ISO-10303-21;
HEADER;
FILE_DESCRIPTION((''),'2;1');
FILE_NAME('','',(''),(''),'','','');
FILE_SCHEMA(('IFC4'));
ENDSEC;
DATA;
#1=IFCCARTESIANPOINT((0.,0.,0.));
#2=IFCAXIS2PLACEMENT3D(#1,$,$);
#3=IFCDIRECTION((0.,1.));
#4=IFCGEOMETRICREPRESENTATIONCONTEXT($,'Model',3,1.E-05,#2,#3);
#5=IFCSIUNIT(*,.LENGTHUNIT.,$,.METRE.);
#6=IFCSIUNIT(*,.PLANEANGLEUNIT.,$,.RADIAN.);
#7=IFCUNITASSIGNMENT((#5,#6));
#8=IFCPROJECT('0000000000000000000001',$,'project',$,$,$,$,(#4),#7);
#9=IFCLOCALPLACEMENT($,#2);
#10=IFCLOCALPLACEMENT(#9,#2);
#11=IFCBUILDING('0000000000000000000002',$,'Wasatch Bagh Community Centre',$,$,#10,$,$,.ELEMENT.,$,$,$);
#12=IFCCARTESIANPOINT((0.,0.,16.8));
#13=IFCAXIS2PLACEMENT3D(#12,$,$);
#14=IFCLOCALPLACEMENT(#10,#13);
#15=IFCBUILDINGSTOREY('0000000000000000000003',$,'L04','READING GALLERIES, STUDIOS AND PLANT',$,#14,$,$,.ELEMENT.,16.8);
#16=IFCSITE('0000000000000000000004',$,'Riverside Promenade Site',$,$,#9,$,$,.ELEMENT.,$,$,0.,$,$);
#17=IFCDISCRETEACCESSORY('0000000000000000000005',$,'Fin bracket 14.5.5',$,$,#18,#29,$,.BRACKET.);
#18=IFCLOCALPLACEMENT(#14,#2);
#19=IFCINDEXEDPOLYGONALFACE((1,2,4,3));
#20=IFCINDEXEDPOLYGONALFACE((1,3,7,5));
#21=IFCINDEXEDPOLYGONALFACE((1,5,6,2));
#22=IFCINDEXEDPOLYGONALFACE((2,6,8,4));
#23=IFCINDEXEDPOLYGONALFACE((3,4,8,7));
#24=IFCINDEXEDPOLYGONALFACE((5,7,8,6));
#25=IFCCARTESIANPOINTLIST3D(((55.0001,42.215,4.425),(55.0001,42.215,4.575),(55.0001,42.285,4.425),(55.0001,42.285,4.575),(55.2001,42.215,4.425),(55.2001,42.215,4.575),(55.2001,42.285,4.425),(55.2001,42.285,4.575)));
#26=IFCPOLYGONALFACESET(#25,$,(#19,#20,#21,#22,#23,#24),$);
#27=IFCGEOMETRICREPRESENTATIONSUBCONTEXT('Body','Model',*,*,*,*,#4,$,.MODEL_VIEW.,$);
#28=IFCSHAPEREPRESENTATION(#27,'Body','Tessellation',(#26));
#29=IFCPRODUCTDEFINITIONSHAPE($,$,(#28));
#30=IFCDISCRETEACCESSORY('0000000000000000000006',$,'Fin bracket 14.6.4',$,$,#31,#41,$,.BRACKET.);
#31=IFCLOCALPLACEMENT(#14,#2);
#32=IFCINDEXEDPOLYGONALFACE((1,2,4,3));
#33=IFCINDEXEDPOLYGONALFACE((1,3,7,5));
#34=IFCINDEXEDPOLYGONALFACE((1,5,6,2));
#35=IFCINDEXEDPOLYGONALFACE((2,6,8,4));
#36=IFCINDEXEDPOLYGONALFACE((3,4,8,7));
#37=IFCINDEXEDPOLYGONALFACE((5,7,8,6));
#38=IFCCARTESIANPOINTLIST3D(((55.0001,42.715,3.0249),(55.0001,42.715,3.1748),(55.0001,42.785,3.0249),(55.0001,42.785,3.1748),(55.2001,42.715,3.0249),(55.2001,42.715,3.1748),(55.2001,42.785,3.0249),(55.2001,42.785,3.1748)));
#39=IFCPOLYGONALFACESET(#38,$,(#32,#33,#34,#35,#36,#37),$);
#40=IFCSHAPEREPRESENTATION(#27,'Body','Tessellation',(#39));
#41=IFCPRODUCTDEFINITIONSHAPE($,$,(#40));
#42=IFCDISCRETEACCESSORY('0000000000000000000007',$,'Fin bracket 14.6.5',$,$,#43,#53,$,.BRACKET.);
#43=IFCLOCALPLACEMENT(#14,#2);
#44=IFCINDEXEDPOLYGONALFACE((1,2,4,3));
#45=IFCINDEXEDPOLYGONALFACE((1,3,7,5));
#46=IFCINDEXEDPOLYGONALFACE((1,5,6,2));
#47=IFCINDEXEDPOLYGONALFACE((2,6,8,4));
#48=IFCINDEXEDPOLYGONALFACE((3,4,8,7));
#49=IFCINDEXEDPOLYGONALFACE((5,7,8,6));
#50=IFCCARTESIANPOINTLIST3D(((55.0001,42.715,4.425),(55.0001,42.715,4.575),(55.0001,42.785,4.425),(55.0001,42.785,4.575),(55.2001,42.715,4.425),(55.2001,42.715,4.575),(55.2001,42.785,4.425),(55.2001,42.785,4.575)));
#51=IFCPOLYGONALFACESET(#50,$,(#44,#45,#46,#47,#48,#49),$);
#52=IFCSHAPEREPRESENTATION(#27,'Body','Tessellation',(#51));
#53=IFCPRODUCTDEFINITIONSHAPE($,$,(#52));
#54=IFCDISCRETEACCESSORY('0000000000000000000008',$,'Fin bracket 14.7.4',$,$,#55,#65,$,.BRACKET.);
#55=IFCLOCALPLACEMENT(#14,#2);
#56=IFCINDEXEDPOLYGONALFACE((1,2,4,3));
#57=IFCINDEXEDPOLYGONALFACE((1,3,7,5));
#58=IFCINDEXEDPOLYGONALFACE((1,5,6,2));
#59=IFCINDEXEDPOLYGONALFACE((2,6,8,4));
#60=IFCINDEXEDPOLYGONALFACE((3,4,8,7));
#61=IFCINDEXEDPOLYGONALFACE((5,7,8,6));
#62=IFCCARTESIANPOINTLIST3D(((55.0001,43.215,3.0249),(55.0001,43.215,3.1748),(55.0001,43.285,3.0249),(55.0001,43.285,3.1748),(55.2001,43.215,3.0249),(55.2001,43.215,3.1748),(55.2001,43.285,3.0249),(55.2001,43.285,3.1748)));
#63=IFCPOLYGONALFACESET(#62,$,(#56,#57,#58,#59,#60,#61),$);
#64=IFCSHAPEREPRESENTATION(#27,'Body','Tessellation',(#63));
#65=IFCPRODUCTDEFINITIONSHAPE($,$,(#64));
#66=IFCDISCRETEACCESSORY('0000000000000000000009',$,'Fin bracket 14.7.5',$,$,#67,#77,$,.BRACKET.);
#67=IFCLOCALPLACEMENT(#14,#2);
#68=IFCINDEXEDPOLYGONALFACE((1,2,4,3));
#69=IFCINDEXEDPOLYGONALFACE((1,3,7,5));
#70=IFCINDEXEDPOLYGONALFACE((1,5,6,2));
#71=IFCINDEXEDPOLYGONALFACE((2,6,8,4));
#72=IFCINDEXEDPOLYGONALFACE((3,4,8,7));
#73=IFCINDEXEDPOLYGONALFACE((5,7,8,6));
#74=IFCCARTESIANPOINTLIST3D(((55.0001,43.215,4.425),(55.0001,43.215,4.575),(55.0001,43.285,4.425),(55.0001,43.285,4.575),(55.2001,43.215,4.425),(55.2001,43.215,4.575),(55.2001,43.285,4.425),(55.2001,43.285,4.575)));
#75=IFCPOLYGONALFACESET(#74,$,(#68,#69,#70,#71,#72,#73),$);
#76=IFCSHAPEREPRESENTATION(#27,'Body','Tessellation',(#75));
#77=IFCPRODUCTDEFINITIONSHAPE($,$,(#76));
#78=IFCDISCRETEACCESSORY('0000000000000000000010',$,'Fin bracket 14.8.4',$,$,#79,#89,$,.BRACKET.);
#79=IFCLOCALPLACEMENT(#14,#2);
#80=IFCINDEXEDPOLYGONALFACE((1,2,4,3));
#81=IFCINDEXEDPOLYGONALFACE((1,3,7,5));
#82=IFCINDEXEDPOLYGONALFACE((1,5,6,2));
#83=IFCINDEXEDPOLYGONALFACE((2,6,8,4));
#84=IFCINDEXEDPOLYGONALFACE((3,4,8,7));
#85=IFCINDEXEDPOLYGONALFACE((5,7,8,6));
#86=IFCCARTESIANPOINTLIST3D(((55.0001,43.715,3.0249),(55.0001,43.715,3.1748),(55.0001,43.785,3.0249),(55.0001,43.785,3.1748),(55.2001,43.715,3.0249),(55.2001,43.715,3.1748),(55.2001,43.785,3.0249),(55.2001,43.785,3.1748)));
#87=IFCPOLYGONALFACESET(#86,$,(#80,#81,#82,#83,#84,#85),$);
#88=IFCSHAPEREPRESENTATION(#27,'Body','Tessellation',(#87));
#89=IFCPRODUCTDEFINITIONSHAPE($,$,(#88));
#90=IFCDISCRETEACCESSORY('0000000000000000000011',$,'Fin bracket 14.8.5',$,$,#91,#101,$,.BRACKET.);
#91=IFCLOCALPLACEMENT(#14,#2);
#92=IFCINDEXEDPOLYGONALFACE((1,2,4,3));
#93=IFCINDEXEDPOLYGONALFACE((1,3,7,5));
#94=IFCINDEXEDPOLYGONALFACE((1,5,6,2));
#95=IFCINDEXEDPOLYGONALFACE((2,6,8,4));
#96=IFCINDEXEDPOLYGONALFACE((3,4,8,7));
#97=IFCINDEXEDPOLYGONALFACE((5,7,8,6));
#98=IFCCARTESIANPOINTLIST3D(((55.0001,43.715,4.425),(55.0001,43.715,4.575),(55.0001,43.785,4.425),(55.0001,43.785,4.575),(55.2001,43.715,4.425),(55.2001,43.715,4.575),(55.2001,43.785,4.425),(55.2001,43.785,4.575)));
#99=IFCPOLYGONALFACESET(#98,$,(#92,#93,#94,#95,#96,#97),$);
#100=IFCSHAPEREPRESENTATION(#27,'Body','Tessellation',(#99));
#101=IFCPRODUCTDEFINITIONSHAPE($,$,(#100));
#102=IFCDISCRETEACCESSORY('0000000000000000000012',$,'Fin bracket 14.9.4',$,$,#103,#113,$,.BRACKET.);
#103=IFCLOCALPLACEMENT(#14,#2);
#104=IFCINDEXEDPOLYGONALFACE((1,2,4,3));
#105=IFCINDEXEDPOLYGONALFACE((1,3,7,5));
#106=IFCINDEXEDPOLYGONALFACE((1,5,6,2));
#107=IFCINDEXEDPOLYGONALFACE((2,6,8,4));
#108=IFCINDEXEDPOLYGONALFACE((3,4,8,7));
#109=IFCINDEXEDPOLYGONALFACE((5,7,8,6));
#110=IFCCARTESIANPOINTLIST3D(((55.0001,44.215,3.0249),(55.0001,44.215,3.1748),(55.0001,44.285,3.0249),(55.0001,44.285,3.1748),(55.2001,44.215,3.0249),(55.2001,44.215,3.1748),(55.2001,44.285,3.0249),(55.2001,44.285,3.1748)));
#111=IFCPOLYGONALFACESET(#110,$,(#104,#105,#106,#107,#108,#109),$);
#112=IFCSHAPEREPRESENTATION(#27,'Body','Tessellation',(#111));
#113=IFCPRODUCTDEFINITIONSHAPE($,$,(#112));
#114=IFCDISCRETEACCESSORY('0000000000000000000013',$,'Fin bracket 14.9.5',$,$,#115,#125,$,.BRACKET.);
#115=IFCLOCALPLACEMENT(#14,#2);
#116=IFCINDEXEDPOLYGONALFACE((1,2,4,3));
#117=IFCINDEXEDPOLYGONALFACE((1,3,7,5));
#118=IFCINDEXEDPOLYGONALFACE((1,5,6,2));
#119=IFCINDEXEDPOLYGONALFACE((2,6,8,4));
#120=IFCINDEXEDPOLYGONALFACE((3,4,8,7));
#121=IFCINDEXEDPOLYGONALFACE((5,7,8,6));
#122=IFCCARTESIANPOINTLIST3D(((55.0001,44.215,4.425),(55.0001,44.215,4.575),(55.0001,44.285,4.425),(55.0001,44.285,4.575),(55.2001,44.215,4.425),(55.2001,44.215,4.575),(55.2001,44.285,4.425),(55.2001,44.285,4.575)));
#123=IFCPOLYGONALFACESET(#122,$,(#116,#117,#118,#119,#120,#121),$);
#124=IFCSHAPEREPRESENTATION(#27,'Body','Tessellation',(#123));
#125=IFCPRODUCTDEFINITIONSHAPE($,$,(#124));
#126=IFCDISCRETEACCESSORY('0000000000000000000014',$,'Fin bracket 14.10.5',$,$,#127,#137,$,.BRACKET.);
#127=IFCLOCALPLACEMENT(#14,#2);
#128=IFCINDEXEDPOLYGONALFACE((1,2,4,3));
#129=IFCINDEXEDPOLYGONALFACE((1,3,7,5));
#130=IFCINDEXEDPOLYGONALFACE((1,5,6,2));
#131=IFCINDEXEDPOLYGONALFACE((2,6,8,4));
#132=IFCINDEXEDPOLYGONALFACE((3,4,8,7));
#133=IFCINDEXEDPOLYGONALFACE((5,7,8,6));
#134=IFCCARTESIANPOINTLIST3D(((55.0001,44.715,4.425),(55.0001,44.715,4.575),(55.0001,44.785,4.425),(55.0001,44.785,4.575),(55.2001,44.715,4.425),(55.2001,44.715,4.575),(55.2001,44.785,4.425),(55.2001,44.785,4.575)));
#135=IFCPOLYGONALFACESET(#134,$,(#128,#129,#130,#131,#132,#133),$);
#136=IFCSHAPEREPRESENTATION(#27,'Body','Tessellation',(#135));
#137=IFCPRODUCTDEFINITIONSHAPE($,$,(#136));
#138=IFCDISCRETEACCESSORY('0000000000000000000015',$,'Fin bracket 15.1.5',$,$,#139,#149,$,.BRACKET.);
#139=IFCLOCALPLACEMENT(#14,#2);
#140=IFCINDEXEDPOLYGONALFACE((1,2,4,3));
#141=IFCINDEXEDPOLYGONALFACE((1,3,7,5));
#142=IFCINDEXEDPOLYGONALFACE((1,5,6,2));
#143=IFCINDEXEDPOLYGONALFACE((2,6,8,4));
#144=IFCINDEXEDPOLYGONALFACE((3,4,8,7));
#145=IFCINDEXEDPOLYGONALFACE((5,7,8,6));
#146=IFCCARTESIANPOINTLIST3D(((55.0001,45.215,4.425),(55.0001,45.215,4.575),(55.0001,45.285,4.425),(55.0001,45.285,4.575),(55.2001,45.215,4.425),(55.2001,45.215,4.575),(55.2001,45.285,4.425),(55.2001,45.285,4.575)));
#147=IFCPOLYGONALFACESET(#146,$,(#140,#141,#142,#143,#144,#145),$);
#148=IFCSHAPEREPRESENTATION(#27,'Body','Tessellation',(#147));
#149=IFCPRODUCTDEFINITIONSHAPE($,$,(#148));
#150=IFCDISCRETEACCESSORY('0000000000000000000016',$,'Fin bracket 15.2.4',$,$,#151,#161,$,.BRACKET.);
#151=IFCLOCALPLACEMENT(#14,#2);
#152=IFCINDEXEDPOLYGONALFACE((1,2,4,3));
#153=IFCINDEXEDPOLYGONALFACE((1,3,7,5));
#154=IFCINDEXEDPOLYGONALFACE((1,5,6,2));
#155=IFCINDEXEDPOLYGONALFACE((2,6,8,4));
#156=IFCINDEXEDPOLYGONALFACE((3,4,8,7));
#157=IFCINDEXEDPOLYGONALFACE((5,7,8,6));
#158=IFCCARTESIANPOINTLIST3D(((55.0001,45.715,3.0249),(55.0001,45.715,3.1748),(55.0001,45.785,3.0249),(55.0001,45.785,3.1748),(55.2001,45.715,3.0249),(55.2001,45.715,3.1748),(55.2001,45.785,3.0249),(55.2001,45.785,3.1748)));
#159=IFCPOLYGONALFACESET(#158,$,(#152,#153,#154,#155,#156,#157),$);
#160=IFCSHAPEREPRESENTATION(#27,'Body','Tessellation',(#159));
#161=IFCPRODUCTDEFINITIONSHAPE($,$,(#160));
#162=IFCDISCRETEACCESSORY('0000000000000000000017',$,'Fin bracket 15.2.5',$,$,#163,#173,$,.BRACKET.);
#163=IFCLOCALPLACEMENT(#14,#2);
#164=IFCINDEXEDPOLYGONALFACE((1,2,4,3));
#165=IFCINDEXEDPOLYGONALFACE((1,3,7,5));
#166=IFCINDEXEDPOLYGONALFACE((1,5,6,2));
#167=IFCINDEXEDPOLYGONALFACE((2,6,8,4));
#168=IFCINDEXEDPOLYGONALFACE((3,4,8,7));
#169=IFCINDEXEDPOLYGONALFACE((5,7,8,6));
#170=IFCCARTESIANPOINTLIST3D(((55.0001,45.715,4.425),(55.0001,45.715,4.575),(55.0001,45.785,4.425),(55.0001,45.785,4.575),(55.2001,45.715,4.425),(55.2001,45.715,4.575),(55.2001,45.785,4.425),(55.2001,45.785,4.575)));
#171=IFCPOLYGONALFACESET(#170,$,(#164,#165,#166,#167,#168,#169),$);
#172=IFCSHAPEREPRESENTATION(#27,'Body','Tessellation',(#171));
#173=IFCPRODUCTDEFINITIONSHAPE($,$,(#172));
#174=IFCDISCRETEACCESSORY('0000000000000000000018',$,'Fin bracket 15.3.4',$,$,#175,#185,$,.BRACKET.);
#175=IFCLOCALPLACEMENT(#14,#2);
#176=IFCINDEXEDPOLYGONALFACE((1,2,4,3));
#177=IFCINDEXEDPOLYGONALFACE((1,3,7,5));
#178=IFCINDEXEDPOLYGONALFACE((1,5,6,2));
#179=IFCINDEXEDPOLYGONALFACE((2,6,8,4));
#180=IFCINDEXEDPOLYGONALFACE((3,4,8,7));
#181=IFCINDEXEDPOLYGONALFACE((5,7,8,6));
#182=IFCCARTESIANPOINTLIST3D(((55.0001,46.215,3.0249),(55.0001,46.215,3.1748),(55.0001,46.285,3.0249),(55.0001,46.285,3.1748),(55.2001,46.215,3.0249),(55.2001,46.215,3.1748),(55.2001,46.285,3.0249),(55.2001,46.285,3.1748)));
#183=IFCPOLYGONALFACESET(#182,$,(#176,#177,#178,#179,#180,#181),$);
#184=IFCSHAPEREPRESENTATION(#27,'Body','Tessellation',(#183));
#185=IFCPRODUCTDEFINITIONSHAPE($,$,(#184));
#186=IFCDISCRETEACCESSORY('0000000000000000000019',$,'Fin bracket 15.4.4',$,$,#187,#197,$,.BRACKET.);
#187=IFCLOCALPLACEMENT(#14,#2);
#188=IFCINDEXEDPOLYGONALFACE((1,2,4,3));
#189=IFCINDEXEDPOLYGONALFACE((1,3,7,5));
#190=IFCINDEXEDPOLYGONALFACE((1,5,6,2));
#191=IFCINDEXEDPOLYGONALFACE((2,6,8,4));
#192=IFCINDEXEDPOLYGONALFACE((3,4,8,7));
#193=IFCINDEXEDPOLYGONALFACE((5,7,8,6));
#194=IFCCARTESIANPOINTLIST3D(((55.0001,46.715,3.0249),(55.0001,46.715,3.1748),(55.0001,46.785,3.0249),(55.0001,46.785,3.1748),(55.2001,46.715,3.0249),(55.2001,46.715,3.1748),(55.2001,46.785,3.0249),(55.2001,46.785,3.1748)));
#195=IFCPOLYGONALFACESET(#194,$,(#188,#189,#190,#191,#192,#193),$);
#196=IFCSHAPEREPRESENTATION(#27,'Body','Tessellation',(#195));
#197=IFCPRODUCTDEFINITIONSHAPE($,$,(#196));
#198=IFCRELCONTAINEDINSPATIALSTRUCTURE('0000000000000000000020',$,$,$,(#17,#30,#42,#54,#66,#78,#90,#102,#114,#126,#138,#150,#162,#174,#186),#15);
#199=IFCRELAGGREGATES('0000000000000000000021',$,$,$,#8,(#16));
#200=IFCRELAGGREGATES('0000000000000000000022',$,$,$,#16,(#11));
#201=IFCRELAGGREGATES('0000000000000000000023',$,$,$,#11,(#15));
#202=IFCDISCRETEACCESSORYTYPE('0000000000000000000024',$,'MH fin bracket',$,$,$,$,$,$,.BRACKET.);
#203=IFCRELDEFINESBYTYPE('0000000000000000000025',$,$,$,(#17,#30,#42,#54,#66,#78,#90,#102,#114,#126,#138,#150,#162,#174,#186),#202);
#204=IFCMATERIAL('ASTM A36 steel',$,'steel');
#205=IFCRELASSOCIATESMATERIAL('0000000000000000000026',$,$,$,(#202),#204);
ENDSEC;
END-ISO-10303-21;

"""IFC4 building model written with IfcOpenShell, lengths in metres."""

from ifc_helpers import new_model, si_unit, direction, frame, origin, origin_2d, place, context, subcontext, project, spatial, rectangle, extrude, material, type_object, element, save


model = new_model("IFC4")

# Units and contexts
model_context = context("Model", 3, precision=1e-05, world=origin(), true_north=direction((0.0, 1.0)))
body_context = subcontext(model_context, "Body", "Model", "MODEL_VIEW")
ifc_project = project(units=[si_unit("LENGTHUNIT", "METRE"), si_unit("PLANEANGLEUNIT", "RADIAN")], contexts=[model_context])

# Site, building, storey
site_placement = place(None, origin())
site = spatial("IfcSite", under=ifc_project, at=site_placement, Name="Riverside Promenade Site", CompositionType="ELEMENT", RefElevation=0.0)
building_placement = place(site_placement, origin())
building = spatial("IfcBuilding", under=site, at=building_placement, Name="Wasatch Bagh Community Centre", CompositionType="ELEMENT")
storey_placement = place(building_placement, frame((0.0, 0.0, 16.8)))
storey = spatial("IfcBuildingStorey", under=building, at=storey_placement, Name="L04", Description="READING GALLERIES, STUDIOS AND PLANT", CompositionType="ELEMENT", Elevation=16.8)

# Discrete accessories
ifc_material_1 = material(Name="ASTM A36 steel", Category="steel")
discrete_accessory_type = type_object("IfcDiscreteAccessoryType", Name="MH fin bracket", PredefinedType="BRACKET", material=ifc_material_1)
for number, where, z_axis, x_axis, name in (
    (1, (55.1001, 42.25, 4.425), (0.0, 0.0, 1.0), (0.0, 1.0, 0.0), "Fin bracket 14.5.5"),
    (2, (55.1001, 42.75, 3.0249), (0.0, 0.0, 1.0), (0.0, 1.0, 0.0), "Fin bracket 14.6.4"),
    (3, (55.1001, 42.75, 4.425), (0.0, 0.0, 1.0), (0.0, 1.0, 0.0), "Fin bracket 14.6.5"),
    (4, (55.1001, 43.25, 3.0249), (0.0, 0.0, 1.0), (0.0, 1.0, 0.0), "Fin bracket 14.7.4"),
    (5, (55.1001, 43.25, 4.425), (0.0, 0.0, 1.0), (0.0, 1.0, 0.0), "Fin bracket 14.7.5"),
    (6, (55.1001, 43.75, 3.0249), (0.0, 0.0, 1.0), (0.0, 1.0, 0.0), "Fin bracket 14.8.4"),
    (7, (55.1001, 43.75, 4.425), (0.0, 0.0, 1.0), (0.0, 1.0, 0.0), "Fin bracket 14.8.5"),
    (8, (55.1001, 44.25, 3.0249), (0.0, 0.0, 1.0), (0.0, 1.0, 0.0), "Fin bracket 14.9.4"),
    (9, (55.1001, 44.25, 4.425), (0.0, 0.0, 1.0), (0.0, 1.0, 0.0), "Fin bracket 14.9.5"),
    (10, (55.1001, 44.75, 4.425), (0.0, 0.0, 1.0), (0.0, 1.0, 0.0), "Fin bracket 14.10.5"),
    (11, (55.1001, 45.25, 4.425), (0.0, 0.0, 1.0), (0.0, 1.0, 0.0), "Fin bracket 15.1.5"),
    (12, (55.1001, 45.75, 3.0249), (0.0, 0.0, 1.0), (0.0, 1.0, 0.0), "Fin bracket 15.2.4"),
    (13, (55.1001, 45.75, 4.425), (0.0, 0.0, 1.0), (0.0, 1.0, 0.0), "Fin bracket 15.2.5"),
    (14, (55.1001, 46.25, 3.0249), (0.0, 0.0, 1.0), (0.0, 1.0, 0.0), "Fin bracket 15.3.4"),
    (15, (55.1001, 46.75, 3.0249), (0.0, 0.0, 1.0), (0.0, 1.0, 0.0), "Fin bracket 15.4.4"),
):
    element("IfcDiscreteAccessory", number, at=place(storey_placement, frame(where, z_axis=z_axis, x_axis=x_axis)), inside=storey, type_object=discrete_accessory_type, Name=name, PredefinedType="BRACKET", context=body_context, shape_type="SweptSolid", body=[
        extrude(rectangle(XDim=0.0701, YDim=0.2, at=origin_2d()), origin(), (0.0, 0.0, 1.0), 0.1499),
    ])

save(model, "model.ifc")
